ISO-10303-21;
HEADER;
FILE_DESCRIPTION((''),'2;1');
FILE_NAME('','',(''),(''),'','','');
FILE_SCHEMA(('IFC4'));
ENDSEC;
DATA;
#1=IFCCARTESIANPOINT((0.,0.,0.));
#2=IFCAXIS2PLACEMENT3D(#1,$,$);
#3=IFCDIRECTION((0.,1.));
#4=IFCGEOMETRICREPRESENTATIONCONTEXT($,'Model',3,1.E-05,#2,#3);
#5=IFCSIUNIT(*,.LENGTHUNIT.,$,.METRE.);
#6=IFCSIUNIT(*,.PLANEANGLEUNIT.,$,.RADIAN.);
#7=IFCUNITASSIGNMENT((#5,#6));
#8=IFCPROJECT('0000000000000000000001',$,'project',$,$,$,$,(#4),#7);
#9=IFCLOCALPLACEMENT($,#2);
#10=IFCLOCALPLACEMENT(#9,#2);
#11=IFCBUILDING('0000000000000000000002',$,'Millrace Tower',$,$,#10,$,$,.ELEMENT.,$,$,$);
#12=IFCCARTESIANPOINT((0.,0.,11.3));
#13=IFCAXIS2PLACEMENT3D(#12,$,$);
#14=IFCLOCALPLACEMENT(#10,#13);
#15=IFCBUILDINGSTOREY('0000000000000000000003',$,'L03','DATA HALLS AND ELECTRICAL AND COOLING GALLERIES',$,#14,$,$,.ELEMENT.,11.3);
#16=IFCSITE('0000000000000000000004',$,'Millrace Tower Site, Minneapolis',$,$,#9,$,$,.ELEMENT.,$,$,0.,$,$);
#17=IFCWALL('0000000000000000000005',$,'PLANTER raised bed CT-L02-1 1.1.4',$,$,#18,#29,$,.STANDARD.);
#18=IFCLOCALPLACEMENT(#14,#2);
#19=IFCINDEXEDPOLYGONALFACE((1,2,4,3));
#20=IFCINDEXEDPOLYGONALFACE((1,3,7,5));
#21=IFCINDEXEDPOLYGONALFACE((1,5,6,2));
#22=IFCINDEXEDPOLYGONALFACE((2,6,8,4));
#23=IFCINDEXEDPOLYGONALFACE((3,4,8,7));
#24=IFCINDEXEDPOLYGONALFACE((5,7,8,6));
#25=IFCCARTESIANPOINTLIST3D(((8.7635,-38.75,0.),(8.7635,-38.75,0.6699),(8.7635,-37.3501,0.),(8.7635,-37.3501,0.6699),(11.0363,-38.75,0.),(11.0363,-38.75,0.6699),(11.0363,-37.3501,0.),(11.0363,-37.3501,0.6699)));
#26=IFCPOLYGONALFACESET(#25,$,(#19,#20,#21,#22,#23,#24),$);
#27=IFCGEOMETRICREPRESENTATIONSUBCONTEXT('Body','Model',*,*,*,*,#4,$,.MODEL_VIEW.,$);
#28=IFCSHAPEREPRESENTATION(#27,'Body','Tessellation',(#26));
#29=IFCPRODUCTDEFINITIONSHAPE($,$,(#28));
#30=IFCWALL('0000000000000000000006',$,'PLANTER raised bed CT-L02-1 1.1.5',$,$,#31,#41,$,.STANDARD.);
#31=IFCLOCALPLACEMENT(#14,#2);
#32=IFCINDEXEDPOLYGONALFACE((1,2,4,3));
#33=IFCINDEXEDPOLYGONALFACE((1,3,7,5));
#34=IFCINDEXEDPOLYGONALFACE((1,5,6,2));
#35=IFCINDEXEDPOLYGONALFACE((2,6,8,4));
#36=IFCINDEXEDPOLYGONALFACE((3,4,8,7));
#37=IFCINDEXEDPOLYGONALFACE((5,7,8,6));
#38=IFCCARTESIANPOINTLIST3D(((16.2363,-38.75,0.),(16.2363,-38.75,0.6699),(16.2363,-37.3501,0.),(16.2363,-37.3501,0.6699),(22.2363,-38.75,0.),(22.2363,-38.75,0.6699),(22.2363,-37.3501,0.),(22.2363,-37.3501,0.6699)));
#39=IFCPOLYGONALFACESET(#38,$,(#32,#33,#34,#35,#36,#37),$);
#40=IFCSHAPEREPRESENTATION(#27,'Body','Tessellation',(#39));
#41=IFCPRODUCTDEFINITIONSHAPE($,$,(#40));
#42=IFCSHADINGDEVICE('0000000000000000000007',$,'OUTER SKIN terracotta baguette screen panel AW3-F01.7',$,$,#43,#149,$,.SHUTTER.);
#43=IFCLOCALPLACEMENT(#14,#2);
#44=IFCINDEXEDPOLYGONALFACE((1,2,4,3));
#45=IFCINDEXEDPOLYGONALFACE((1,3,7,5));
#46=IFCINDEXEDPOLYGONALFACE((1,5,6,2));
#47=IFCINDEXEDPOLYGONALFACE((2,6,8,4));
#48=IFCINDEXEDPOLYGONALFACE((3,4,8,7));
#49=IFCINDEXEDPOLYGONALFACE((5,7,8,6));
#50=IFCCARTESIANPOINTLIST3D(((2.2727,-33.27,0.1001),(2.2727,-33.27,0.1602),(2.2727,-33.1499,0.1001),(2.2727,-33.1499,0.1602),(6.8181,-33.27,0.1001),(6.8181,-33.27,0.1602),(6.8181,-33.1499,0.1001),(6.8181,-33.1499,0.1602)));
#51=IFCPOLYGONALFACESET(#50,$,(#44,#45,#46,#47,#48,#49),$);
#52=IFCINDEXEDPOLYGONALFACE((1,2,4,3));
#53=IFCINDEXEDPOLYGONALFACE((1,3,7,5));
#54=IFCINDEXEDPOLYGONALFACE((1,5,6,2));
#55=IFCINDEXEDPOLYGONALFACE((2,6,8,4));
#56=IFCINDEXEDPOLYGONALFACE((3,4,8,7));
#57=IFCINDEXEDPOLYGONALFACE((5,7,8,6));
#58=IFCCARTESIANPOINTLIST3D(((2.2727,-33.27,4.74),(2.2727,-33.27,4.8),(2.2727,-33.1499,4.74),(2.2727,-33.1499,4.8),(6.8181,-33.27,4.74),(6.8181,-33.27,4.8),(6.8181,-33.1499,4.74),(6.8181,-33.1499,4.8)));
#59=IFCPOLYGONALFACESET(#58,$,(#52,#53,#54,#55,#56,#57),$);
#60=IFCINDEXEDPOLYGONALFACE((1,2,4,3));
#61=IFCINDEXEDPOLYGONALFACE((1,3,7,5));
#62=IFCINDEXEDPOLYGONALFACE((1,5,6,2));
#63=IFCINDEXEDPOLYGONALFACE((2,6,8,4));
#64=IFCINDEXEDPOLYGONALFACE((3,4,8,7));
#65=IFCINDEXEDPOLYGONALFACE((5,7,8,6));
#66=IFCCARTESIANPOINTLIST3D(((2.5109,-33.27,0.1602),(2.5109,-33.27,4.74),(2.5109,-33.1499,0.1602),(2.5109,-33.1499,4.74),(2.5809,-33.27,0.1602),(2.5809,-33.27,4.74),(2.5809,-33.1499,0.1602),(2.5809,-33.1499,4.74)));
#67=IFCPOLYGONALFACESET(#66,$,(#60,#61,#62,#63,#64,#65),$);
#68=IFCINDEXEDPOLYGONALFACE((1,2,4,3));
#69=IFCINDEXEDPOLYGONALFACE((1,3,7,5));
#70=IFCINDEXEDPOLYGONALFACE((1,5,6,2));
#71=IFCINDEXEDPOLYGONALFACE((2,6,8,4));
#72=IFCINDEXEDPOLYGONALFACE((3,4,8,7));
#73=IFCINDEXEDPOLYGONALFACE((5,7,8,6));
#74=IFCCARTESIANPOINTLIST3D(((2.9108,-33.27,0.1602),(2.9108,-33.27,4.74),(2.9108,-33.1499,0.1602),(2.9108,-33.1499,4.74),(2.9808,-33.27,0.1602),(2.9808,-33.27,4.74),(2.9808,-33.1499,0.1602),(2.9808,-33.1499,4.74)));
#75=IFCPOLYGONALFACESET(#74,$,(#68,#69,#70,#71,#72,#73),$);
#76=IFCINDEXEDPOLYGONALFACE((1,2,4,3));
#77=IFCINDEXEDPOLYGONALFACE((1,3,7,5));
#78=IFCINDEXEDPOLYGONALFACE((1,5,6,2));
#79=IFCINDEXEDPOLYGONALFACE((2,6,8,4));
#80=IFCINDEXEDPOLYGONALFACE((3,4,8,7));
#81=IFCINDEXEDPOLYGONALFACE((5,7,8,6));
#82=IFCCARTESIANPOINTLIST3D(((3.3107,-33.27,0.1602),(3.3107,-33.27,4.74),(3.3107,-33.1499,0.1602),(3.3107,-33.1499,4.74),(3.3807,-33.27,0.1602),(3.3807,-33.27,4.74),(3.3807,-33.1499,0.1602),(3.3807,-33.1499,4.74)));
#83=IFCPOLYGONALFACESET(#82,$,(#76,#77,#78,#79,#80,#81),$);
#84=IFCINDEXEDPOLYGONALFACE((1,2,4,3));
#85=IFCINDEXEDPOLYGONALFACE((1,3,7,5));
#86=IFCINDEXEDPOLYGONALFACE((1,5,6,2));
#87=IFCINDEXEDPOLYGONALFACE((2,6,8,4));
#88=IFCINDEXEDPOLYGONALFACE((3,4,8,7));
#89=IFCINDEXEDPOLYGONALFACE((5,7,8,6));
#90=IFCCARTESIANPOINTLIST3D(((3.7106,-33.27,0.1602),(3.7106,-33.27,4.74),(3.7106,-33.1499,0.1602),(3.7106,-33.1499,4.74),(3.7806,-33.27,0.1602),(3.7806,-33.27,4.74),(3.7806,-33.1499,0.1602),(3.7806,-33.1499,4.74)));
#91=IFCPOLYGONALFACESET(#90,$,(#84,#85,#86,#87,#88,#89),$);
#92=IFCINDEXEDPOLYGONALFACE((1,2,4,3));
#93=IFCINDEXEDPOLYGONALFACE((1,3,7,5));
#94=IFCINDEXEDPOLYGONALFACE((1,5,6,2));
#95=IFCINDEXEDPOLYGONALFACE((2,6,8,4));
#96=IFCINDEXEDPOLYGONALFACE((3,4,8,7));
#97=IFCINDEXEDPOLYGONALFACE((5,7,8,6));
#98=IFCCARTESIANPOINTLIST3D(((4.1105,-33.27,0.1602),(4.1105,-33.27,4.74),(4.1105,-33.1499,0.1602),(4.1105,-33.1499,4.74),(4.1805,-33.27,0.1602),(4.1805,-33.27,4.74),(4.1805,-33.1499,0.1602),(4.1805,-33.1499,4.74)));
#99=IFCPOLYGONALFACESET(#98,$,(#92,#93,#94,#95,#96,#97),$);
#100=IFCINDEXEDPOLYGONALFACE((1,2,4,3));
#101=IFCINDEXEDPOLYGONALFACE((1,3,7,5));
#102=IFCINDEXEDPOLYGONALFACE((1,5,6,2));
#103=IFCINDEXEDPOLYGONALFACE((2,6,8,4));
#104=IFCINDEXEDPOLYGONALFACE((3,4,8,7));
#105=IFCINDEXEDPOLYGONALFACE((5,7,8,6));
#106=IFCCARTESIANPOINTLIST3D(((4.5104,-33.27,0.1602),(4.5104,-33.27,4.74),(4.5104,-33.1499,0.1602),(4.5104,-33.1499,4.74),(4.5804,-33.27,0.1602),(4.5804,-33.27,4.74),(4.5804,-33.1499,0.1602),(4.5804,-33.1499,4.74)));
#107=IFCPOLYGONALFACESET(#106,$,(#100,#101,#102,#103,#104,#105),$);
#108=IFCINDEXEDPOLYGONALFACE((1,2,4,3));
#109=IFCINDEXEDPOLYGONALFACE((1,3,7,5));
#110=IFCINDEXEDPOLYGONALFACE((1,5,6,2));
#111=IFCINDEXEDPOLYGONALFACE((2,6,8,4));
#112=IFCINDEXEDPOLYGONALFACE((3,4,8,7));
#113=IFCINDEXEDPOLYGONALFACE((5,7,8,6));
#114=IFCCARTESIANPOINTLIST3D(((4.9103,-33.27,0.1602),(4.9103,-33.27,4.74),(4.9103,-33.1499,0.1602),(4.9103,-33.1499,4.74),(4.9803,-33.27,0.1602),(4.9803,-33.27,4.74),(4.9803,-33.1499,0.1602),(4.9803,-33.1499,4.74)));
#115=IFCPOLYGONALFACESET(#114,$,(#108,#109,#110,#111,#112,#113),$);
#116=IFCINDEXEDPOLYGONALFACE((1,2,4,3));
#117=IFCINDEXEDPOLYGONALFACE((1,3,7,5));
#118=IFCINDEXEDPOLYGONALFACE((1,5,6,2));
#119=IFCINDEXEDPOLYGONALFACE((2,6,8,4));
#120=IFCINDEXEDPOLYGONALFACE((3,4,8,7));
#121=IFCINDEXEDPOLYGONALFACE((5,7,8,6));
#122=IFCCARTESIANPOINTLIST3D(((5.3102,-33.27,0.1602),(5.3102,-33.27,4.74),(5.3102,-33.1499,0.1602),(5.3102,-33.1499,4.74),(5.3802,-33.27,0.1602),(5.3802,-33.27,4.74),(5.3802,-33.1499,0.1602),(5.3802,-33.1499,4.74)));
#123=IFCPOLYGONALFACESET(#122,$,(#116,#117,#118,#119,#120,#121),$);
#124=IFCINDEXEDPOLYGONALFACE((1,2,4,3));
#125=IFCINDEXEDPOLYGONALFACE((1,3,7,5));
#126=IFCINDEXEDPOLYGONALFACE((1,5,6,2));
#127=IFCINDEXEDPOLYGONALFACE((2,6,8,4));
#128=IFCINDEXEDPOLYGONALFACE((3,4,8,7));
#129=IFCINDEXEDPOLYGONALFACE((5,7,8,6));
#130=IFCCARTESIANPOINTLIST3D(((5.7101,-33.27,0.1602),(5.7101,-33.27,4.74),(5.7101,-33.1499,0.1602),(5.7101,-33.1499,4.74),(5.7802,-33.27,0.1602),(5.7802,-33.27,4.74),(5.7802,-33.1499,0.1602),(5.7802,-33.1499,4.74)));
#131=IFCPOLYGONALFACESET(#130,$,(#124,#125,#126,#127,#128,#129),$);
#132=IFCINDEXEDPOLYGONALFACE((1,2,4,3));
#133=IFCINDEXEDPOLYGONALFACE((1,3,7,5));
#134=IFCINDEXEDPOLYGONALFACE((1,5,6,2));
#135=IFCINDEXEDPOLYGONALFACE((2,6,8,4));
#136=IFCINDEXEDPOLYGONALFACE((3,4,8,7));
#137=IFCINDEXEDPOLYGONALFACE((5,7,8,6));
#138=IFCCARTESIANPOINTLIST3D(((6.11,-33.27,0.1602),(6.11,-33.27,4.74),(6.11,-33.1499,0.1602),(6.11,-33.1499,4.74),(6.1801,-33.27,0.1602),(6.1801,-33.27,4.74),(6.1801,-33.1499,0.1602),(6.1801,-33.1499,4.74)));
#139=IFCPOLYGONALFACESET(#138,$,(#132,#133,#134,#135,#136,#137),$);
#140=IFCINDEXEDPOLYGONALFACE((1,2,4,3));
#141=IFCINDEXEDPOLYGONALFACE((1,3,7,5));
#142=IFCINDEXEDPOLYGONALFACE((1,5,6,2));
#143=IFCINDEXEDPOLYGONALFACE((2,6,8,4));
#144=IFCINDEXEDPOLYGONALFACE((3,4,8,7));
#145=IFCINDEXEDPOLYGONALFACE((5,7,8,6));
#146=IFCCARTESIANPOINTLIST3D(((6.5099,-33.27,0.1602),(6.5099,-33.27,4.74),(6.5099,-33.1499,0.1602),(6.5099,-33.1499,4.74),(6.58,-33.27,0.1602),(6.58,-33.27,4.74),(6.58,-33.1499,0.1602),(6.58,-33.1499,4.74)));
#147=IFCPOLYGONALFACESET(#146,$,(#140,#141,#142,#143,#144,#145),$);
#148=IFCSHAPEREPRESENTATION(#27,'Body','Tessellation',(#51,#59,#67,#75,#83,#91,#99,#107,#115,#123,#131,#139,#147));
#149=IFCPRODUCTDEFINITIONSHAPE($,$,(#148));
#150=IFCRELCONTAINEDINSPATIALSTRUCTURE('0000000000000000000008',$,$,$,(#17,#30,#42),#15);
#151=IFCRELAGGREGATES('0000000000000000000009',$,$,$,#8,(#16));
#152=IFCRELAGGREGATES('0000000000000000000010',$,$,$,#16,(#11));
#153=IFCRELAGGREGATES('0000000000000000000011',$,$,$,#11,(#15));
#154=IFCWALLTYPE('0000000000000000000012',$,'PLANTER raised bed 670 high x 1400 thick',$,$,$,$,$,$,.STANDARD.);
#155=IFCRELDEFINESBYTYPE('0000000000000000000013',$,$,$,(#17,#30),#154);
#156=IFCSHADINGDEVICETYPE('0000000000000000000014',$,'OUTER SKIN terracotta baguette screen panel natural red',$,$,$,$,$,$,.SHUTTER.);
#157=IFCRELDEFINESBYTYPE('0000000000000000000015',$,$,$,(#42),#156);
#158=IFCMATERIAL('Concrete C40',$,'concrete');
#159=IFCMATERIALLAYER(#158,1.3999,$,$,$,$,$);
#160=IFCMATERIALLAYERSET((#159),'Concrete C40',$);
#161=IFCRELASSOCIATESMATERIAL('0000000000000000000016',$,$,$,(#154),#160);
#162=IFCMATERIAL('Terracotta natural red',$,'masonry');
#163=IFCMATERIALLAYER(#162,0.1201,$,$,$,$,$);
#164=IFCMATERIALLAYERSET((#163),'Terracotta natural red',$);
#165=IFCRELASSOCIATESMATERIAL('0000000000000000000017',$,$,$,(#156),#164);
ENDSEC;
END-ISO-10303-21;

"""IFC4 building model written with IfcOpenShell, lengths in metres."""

from ifc_helpers import new_model, entity, si_unit, direction, frame, frame_2d, origin, origin_2d, place, context, subcontext, project, spatial, rectangle, extrude, source, transform, mapped, material, layer, layer_set, type_object, element, save


model = new_model("IFC4")

# Units and contexts
model_context = context("Model", 3, precision=1e-05, world=origin(), true_north=direction((0.0, 1.0)))
body_context = subcontext(model_context, "Body", "Model", "MODEL_VIEW")
ifc_project = project(units=[si_unit("LENGTHUNIT", "METRE"), si_unit("PLANEANGLEUNIT", "RADIAN")], contexts=[model_context])

# Site, building, storey
site_placement = place(None, origin())
site = spatial("IfcSite", under=ifc_project, at=site_placement, Name="Millrace Tower Site, Minneapolis", CompositionType="ELEMENT", RefElevation=0.0)
building_placement = place(site_placement, origin())
building = spatial("IfcBuilding", under=site, at=building_placement, Name="Millrace Tower", CompositionType="ELEMENT")
storey_placement = place(building_placement, frame((0.0, 0.0, 11.3)))
storey = spatial("IfcBuildingStorey", under=building, at=storey_placement, Name="L03", Description="DATA HALLS AND ELECTRICAL AND COOLING GALLERIES", CompositionType="ELEMENT", Elevation=11.3)

# Walls
ifc_material_1 = material(Name="Concrete C40", Category="concrete")
ifc_layer_1 = layer(ifc_material_1, 1.3999)
ifc_layer_set_1 = layer_set([ifc_layer_1], Name="Concrete C40")
wall_type_1 = type_object("IfcWallType", Name="PLANTER raised bed 670 high x 1400 thick", PredefinedType="STANDARD", material=ifc_layer_set_1)
wall_1_placement = place(storey_placement, frame((8.7637, -38.05, 0.0), z_axis=(0.0, 0.0, 1.0), x_axis=(1.0, 0.0, 0.0)))
element("IfcWall", 1, at=wall_1_placement, inside=storey, type_object=wall_type_1, Name="PLANTER raised bed CT-L02-1 1.1.4", PredefinedType="STANDARD", context=body_context, shape_type="SweptSolid", body=[
    extrude(rectangle(XDim=2.2727, YDim=1.3999, at=frame_2d((1.1362, 0.0))), origin(), (0.0, 0.0, 1.0), 0.6699),
])
wall_2_placement = place(storey_placement, frame((16.2363, -38.05, 0.0), z_axis=(0.0, 0.0, 1.0), x_axis=(1.0, 0.0, 0.0)))
element("IfcWall", 2, at=wall_2_placement, inside=storey, type_object=wall_type_1, Name="PLANTER raised bed CT-L02-1 1.1.5", PredefinedType="STANDARD", context=body_context, shape_type="SweptSolid", body=[
    extrude(rectangle(XDim=6.0, YDim=1.3999, at=frame_2d((3.0, 0.0))), origin(), (0.0, 0.0, 1.0), 0.6699),
])

# Shading device
cartesian_point = entity("IfcCartesianPoint", [-2.2727, 0.0601])
shared_polyline = entity("IfcPolyline", [cartesian_point, entity("IfcCartesianPoint", [2.2727, 0.0601]), entity("IfcCartesianPoint", [2.2727, -0.0601]), entity("IfcCartesianPoint", [-2.2727, -0.0601]), cartesian_point])
ifc_material_2 = material(Name="Terracotta natural red", Category="masonry")
ifc_layer_2 = layer(ifc_material_2, 0.1201)
ifc_layer_set_2 = layer_set([ifc_layer_2], Name="Terracotta natural red")
shading_device_type_1 = type_object("IfcShadingDeviceType", Name="OUTER SKIN terracotta baguette screen panel natural red", PredefinedType="SHUTTER", material=ifc_layer_set_2)
shared_shape_1 = source(origin(), body_context, "Body", "SweptSolid", [
    entity("IfcExtrudedAreaSolid", entity("IfcArbitraryClosedProfileDef", "AREA", None, shared_polyline), entity("IfcAxis2Placement3D", entity("IfcCartesianPoint", [0.0, 0.0, 0.0])), entity("IfcDirection", [0.0, 0.0, 1.0]), 0.0601),
    entity("IfcExtrudedAreaSolid", entity("IfcArbitraryClosedProfileDef", "AREA", None, shared_polyline), entity("IfcAxis2Placement3D", entity("IfcCartesianPoint", [0.0, 0.0, 4.6399])), entity("IfcDirection", [0.0, 0.0, 1.0]), 0.0601),
    extrude(rectangle(XDim=0.0701, YDim=0.1201, at=frame_2d((-1.9995, 0.0))), frame((0.0, 0.0, 0.0601)), (0.0, 0.0, 1.0), 4.5798),
    extrude(rectangle(XDim=0.0701, YDim=0.1201, at=frame_2d((-1.5996, 0.0))), frame((0.0, 0.0, 0.0601)), (0.0, 0.0, 1.0), 4.5798),
    extrude(rectangle(XDim=0.0701, YDim=0.1201, at=frame_2d((-1.1997, 0.0))), frame((0.0, 0.0, 0.0601)), (0.0, 0.0, 1.0), 4.5798),
    extrude(rectangle(XDim=0.0701, YDim=0.1201, at=frame_2d((-0.7998, 0.0))), frame((0.0, 0.0, 0.0601)), (0.0, 0.0, 1.0), 4.5798),
    extrude(rectangle(XDim=0.0701, YDim=0.1201, at=frame_2d((-0.3999, 0.0))), frame((0.0, 0.0, 0.0601)), (0.0, 0.0, 1.0), 4.5798),
    extrude(rectangle(XDim=0.0701, YDim=0.1201, at=origin_2d()), frame((0.0, 0.0, 0.0601)), (0.0, 0.0, 1.0), 4.5798),
    extrude(rectangle(XDim=0.0701, YDim=0.1201, at=frame_2d((0.3999, 0.0))), frame((0.0, 0.0, 0.0601)), (0.0, 0.0, 1.0), 4.5798),
    extrude(rectangle(XDim=0.0701, YDim=0.1201, at=frame_2d((0.7998, 0.0))), frame((0.0, 0.0, 0.0601)), (0.0, 0.0, 1.0), 4.5798),
    extrude(rectangle(XDim=0.0701, YDim=0.1201, at=frame_2d((1.1997, 0.0))), frame((0.0, 0.0, 0.0601)), (0.0, 0.0, 1.0), 4.5798),
    extrude(rectangle(XDim=0.0701, YDim=0.1201, at=frame_2d((1.5996, 0.0))), frame((0.0, 0.0, 0.0601)), (0.0, 0.0, 1.0), 4.5798),
    extrude(rectangle(XDim=0.0701, YDim=0.1201, at=frame_2d((1.9995, 0.0))), frame((0.0, 0.0, 0.0601)), (0.0, 0.0, 1.0), 4.5798),
])
for number, where, z_axis, x_axis, name in (
    (3, (4.5454, -33.21, 0.1001), (0.0, 0.0, 1.0), (1.0, 0.0, 0.0), "OUTER SKIN terracotta baguette screen panel AW3-F01.7"),
):
    element("IfcShadingDevice", number, at=place(storey_placement, frame(where, z_axis=z_axis, x_axis=x_axis)), inside=storey, type_object=shading_device_type_1, Name=name, PredefinedType="SHUTTER", context=body_context, shape_type="MappedRepresentation", body=[
        mapped(shared_shape_1, transform((0.0, 0.0, 0.0), scale=1.0)),
    ])

save(model, "model.ifc")
